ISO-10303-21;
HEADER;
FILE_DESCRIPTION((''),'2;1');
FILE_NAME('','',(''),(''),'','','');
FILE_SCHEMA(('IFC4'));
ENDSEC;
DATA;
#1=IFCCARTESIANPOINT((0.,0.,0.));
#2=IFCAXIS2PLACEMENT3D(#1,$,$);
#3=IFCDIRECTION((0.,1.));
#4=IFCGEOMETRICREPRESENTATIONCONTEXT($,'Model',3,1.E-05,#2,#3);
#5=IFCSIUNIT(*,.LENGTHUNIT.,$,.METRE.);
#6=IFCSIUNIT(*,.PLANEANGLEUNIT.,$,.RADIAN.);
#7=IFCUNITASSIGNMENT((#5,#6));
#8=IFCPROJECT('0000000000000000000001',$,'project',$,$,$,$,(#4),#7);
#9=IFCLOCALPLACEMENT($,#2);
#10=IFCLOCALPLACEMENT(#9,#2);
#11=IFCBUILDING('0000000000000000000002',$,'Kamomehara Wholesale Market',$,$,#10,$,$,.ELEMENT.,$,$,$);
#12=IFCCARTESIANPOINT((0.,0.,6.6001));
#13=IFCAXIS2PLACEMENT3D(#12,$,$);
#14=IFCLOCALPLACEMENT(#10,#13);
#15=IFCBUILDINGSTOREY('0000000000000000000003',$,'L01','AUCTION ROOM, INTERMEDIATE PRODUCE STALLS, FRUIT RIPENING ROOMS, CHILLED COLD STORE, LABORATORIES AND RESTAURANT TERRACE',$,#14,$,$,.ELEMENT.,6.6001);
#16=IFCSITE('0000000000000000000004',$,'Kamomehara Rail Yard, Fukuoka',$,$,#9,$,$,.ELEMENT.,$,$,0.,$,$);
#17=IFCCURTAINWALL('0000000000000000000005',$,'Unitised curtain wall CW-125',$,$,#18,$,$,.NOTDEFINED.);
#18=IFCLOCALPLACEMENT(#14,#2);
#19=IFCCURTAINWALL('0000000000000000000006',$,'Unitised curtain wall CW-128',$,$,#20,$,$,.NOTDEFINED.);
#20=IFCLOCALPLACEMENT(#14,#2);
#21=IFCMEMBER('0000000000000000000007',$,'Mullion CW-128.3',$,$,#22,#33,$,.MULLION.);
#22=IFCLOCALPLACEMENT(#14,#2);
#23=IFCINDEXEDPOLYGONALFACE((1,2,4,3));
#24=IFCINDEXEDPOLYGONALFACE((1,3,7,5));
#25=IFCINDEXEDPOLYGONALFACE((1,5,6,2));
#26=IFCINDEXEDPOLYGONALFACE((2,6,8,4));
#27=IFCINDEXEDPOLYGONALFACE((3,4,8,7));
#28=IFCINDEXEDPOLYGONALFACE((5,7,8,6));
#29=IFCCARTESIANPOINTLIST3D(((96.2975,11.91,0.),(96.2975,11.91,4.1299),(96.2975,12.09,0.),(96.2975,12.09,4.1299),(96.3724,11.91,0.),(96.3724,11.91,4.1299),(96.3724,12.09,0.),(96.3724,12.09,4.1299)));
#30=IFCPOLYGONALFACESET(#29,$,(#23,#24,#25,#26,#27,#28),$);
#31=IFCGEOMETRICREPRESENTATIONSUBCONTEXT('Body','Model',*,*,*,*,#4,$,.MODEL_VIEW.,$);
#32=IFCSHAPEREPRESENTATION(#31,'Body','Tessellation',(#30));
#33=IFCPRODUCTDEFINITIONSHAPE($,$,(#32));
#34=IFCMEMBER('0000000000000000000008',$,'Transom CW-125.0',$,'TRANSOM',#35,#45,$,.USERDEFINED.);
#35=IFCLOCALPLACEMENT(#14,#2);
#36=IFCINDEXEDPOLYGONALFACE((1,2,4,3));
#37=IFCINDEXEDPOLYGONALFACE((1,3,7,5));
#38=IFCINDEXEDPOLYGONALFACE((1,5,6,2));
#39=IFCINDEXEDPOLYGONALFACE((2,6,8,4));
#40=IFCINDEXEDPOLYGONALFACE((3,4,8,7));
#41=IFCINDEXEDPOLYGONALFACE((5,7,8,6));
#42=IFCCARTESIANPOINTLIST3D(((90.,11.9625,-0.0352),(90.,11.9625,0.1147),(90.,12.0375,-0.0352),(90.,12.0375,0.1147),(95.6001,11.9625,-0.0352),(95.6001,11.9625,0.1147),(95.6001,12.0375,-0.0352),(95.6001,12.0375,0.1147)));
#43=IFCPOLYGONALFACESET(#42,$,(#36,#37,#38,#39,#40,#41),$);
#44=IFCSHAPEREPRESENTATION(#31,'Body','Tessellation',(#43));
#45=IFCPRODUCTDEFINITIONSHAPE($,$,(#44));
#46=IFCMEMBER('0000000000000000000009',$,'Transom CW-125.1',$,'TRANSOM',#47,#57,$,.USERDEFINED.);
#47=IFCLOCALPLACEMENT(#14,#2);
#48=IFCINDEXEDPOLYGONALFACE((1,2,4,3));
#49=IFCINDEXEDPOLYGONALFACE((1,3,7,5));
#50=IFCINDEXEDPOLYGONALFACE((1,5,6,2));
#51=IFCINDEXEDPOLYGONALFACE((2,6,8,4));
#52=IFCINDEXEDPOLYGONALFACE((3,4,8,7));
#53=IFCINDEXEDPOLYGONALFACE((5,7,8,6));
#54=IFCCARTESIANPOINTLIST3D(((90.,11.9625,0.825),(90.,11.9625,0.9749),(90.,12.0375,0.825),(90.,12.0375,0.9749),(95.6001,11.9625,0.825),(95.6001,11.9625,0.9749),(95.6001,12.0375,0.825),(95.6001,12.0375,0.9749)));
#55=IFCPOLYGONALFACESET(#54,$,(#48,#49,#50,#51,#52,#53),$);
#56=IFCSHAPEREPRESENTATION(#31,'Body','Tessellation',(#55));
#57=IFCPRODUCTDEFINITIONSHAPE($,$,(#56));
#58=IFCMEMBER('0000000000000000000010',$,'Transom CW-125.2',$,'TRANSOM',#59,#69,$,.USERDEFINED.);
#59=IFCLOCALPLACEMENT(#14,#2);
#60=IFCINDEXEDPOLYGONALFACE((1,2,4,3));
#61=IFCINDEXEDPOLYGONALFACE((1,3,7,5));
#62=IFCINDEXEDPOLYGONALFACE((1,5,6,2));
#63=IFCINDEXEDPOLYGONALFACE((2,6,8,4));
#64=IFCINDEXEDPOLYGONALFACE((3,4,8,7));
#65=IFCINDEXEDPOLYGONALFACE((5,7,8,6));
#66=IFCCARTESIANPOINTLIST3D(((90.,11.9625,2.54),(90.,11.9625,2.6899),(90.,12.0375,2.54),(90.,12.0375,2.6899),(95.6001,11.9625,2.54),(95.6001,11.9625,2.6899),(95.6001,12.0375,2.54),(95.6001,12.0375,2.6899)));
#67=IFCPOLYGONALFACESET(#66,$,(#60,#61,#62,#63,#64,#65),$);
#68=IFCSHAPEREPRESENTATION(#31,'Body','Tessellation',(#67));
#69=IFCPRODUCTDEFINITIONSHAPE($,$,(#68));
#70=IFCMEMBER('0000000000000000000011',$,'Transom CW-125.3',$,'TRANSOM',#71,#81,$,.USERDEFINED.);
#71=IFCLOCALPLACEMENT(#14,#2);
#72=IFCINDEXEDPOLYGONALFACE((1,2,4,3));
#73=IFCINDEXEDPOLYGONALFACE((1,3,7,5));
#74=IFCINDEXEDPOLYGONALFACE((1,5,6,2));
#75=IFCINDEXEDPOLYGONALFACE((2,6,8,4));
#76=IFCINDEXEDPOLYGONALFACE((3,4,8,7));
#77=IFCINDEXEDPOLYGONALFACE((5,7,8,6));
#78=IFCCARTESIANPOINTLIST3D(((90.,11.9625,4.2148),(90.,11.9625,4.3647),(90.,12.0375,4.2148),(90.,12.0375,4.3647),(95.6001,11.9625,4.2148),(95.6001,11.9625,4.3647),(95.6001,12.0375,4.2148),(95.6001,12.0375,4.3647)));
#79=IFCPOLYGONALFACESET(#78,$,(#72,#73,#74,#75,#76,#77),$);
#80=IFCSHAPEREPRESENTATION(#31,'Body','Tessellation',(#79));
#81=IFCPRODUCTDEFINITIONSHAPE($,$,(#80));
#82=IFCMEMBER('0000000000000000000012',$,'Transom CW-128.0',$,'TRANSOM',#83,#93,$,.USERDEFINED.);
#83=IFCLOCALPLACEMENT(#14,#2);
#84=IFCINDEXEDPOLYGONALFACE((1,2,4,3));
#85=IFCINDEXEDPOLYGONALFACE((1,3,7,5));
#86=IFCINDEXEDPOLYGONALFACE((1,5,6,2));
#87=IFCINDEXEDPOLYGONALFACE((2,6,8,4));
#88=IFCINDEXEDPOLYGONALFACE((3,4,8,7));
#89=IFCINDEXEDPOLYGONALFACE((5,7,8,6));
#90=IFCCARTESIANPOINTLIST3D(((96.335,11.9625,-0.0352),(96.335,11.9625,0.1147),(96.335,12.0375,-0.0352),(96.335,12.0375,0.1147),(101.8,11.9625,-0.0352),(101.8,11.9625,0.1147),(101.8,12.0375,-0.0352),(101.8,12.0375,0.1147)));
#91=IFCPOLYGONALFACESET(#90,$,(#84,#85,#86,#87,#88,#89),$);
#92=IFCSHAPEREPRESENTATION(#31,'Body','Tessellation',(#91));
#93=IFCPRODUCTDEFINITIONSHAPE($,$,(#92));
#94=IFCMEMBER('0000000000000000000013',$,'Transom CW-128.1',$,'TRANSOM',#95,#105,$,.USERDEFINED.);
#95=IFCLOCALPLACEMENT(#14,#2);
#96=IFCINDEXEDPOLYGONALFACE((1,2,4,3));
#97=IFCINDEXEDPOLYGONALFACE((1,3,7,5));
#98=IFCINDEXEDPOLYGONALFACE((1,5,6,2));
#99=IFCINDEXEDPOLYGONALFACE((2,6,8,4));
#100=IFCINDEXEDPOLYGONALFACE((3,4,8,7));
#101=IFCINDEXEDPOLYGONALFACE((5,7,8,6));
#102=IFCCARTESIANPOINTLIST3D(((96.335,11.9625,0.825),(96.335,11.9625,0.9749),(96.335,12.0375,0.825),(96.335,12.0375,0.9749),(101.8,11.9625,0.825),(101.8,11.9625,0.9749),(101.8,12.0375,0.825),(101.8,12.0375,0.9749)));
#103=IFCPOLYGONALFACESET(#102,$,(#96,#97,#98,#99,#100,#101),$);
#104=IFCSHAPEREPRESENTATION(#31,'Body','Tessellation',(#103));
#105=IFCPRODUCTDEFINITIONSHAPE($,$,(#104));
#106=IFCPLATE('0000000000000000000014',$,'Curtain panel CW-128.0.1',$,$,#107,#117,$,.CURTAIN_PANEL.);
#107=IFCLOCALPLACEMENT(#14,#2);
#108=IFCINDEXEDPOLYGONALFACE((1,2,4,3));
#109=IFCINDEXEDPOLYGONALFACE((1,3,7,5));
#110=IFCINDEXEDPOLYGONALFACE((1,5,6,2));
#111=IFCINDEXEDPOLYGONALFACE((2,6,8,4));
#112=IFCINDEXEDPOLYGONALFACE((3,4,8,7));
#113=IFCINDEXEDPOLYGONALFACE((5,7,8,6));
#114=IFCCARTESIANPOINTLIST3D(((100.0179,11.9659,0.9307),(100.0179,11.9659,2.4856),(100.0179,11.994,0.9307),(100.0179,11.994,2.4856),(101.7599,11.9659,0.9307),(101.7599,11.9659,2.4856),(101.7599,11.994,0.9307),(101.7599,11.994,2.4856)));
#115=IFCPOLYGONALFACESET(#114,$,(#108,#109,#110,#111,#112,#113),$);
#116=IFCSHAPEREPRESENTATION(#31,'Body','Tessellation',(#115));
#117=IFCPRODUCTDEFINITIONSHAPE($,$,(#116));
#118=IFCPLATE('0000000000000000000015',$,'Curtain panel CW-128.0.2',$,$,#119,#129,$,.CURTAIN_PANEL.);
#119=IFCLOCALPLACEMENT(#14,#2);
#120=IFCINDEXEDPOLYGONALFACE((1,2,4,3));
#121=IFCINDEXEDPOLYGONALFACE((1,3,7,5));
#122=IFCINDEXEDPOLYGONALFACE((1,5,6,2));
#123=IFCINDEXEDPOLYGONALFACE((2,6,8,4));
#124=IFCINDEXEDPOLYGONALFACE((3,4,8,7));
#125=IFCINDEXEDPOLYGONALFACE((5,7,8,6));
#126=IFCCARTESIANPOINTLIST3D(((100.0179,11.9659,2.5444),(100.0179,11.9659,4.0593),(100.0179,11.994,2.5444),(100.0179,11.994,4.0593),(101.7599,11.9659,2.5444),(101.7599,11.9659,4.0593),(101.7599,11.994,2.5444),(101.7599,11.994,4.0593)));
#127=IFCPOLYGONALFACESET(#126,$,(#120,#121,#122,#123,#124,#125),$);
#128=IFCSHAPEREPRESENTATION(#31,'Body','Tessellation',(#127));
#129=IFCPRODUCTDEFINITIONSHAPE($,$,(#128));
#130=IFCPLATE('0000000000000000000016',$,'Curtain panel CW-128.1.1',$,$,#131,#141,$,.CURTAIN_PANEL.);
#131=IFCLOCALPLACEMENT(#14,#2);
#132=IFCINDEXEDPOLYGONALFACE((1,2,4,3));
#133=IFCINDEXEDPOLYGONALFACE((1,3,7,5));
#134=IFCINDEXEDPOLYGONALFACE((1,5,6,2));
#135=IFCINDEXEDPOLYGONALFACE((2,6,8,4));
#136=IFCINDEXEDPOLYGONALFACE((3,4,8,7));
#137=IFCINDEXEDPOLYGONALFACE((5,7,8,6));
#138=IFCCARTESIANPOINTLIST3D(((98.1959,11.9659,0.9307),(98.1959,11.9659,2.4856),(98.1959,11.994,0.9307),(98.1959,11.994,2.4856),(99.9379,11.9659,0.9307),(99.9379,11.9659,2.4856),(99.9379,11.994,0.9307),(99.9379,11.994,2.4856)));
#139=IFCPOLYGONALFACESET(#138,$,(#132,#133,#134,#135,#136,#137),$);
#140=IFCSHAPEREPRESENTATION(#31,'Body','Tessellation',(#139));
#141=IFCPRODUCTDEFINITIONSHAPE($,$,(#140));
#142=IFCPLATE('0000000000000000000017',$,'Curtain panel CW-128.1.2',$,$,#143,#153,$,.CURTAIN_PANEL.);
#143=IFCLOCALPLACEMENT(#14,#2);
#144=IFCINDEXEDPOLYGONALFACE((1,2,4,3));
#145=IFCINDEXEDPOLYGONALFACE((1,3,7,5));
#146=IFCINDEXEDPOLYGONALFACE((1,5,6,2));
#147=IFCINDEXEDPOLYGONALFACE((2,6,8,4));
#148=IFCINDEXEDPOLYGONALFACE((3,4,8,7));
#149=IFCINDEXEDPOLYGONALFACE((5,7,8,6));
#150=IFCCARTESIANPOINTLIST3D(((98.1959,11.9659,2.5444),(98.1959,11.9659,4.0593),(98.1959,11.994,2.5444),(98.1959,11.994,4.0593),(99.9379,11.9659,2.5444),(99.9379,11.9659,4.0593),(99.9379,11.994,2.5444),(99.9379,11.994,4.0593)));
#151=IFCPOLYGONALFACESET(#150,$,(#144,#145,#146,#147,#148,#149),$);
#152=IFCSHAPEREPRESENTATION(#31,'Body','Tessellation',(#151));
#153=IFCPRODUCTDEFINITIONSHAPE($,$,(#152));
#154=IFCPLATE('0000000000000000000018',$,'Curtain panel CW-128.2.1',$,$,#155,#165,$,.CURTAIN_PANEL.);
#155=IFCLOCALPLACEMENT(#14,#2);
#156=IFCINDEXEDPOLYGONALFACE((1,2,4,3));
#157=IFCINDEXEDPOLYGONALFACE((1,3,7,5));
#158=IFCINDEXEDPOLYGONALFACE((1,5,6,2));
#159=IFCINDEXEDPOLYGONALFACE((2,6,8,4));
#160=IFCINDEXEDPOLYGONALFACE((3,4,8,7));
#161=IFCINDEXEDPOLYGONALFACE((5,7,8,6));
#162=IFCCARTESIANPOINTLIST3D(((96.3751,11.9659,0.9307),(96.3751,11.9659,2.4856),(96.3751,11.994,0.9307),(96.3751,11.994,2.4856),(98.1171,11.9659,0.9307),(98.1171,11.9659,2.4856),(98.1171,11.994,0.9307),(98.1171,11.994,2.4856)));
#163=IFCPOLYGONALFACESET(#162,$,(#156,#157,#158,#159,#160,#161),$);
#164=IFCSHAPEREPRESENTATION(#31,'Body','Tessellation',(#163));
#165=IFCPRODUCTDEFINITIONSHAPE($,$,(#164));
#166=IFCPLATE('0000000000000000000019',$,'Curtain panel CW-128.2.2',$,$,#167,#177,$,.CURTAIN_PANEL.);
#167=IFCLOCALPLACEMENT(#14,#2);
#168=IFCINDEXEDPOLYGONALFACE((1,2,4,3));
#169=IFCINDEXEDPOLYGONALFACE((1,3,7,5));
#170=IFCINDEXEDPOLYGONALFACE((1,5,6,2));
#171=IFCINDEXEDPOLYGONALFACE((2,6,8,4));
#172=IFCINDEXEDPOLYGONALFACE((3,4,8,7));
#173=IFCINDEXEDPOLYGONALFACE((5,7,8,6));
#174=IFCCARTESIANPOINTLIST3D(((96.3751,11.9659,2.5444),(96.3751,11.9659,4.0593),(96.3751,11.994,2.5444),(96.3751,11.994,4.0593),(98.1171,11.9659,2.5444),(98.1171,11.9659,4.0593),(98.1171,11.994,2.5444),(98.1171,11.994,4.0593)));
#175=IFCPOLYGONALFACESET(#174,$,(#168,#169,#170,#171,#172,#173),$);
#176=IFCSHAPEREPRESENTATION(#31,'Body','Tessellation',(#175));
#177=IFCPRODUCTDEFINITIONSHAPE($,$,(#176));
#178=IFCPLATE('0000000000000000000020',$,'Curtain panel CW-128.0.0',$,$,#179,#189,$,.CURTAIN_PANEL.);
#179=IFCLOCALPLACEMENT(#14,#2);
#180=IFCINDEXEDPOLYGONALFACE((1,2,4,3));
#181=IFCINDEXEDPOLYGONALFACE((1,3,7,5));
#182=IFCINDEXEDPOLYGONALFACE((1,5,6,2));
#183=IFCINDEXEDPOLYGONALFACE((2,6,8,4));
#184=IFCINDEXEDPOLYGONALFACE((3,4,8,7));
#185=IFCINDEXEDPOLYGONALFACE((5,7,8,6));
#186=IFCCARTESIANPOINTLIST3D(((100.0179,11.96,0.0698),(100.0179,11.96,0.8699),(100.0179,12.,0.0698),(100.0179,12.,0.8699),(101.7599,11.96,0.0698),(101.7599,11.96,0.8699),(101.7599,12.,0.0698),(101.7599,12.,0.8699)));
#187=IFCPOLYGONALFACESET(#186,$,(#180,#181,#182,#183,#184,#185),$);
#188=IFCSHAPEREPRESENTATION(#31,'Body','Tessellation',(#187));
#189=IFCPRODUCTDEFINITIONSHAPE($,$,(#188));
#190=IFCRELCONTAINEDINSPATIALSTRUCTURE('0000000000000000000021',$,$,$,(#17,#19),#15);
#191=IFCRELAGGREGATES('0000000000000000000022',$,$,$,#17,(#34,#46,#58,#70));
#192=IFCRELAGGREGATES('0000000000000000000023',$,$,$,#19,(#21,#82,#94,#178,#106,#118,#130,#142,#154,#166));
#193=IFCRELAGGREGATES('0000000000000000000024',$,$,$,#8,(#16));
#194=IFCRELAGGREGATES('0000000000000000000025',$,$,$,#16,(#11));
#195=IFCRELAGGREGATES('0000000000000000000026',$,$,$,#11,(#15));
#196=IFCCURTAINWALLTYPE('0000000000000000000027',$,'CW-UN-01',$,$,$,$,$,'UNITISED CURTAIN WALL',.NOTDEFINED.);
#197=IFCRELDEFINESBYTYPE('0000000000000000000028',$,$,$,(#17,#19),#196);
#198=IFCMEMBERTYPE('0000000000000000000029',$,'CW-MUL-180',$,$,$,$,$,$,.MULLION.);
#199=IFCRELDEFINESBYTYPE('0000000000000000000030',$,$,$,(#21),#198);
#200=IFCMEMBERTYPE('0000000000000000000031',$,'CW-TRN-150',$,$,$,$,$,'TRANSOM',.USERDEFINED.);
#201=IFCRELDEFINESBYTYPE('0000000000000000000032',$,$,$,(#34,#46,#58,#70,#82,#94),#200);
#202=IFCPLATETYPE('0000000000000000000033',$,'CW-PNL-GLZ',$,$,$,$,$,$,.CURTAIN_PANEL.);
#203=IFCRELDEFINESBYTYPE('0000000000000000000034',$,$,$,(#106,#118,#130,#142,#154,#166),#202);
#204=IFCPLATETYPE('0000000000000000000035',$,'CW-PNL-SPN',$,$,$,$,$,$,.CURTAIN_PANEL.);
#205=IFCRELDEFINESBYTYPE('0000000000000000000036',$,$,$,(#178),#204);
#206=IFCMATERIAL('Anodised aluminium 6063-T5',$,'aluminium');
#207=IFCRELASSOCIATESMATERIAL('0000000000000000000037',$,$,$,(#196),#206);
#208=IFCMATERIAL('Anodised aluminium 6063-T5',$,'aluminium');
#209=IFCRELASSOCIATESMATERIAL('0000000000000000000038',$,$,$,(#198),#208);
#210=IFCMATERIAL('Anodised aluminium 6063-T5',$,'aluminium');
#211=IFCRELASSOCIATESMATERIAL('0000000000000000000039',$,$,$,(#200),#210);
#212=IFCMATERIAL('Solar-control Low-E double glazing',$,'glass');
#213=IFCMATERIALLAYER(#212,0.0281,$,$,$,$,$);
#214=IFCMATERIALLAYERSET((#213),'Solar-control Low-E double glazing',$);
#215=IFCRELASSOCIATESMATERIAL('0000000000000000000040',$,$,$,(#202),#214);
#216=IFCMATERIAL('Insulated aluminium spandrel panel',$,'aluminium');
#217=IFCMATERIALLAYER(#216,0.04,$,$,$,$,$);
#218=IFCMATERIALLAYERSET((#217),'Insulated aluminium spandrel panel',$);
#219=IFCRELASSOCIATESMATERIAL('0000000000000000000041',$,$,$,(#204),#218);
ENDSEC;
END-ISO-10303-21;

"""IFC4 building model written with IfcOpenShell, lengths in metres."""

from ifc_helpers import new_model, si_unit, direction, frame, origin, origin_2d, place, context, subcontext, project, spatial, rectangle, extrude, material, layer, layer_set, material_profile, profile_set, type_object, element, aggregate, save


model = new_model("IFC4")

# Units and contexts
model_context = context("Model", 3, precision=1e-05, world=origin(), true_north=direction((0.0, 1.0)))
body_context = subcontext(model_context, "Body", "Model", "MODEL_VIEW")
ifc_project = project(units=[si_unit("LENGTHUNIT", "METRE"), si_unit("PLANEANGLEUNIT", "RADIAN")], contexts=[model_context])

# Site, building, storey
site_placement = place(None, origin())
site = spatial("IfcSite", under=ifc_project, at=site_placement, Name="Kamomehara Rail Yard, Fukuoka", CompositionType="ELEMENT", RefElevation=0.0)
building_placement = place(site_placement, origin())
building = spatial("IfcBuilding", under=site, at=building_placement, Name="Kamomehara Wholesale Market", CompositionType="ELEMENT")
storey_placement = place(building_placement, frame((0.0, 0.0, 6.6001)))
storey = spatial("IfcBuildingStorey", under=building, at=storey_placement, Name="L01", Description="AUCTION ROOM, INTERMEDIATE PRODUCE STALLS, FRUIT RIPENING ROOMS, CHILLED COLD STORE, LABORATORIES AND RESTAURANT TERRACE", CompositionType="ELEMENT", Elevation=6.6001)

# Curtain wall
ifc_material_1 = material(Name="Anodised aluminium 6063-T5", Category="aluminium")
curtain_wall_type = type_object("IfcCurtainWallType", Name="CW-UN-01", ElementType="UNITISED CURTAIN WALL", PredefinedType="NOTDEFINED", material=ifc_material_1)
curtain_wall_1_placement = place(storey_placement, origin())
curtain_wall_1 = element("IfcCurtainWall", 1, at=curtain_wall_1_placement, inside=storey, type_object=curtain_wall_type, Name="Unitised curtain wall CW-125", PredefinedType="NOTDEFINED")
ifc_material_2 = material(Name="Anodised aluminium 6063-T5", Category="aluminium")
ifc_material_profile_1 = material_profile(ifc_material_2, rectangle(XDim=0.075, YDim=0.1799, at=origin_2d()), Name="ALU-MUL-75x180")
ifc_profile_set_1 = profile_set([ifc_material_profile_1], Name="Anodised aluminium 6063-T5")
member_type_1 = type_object("IfcMemberType", Name="CW-MUL-180", PredefinedType="MULLION", material=ifc_profile_set_1)

# Curtain wall, member
curtain_wall_2_placement = place(storey_placement, origin())
curtain_wall_2 = element("IfcCurtainWall", 2, at=curtain_wall_2_placement, inside=storey, type_object=curtain_wall_type, Name="Unitised curtain wall CW-128", PredefinedType="NOTDEFINED")
member_1_placement = place(storey_placement, frame((96.335, 12.0, 0.0), z_axis=(0.0, 0.0, 1.0), x_axis=(-1.0, 0.0, 0.0)))
member_1 = element("IfcMember", 3, at=member_1_placement, type_object=member_type_1, Name="Mullion CW-128.3", PredefinedType="MULLION", context=body_context, shape_type="SweptSolid", body=[
    extrude(rectangle(XDim=0.075, YDim=0.1799, at=origin_2d()), origin(), (0.0, 0.0, 1.0), 4.1299),
])

# Members
ifc_material_3 = material(Name="Anodised aluminium 6063-T5", Category="aluminium")
ifc_material_profile_2 = material_profile(ifc_material_3, rectangle(XDim=0.075, YDim=0.1499, at=origin_2d()), Name="ALU-TRN-75x150")
ifc_profile_set_2 = profile_set([ifc_material_profile_2], Name="Anodised aluminium 6063-T5")
member_type_2 = type_object("IfcMemberType", Name="CW-TRN-150", ElementType="TRANSOM", PredefinedType="USERDEFINED", material=ifc_profile_set_2)
member_2_placement = place(storey_placement, frame((95.6001, 12.0, 0.0398), z_axis=(-1.0, 0.0, 0.0), x_axis=(0.0, -1.0, 0.0)))
member_2 = element("IfcMember", 4, at=member_2_placement, type_object=member_type_2, Name="Transom CW-125.0", ObjectType="TRANSOM", PredefinedType="USERDEFINED", context=body_context, shape_type="SweptSolid", body=[
    extrude(rectangle(XDim=0.075, YDim=0.1499, at=origin_2d()), origin(), (0.0, 0.0, 1.0), 5.6001),
])
member_3_placement = place(storey_placement, frame((95.6001, 12.0, 0.8999), z_axis=(-1.0, 0.0, 0.0), x_axis=(0.0, -1.0, 0.0)))
member_3 = element("IfcMember", 5, at=member_3_placement, type_object=member_type_2, Name="Transom CW-125.1", ObjectType="TRANSOM", PredefinedType="USERDEFINED", context=body_context, shape_type="SweptSolid", body=[
    extrude(rectangle(XDim=0.075, YDim=0.1499, at=origin_2d()), origin(), (0.0, 0.0, 1.0), 5.6001),
])
member_4_placement = place(storey_placement, frame((95.6001, 12.0, 2.615), z_axis=(-1.0, 0.0, 0.0), x_axis=(0.0, -1.0, 0.0)))
member_4 = element("IfcMember", 6, at=member_4_placement, type_object=member_type_2, Name="Transom CW-125.2", ObjectType="TRANSOM", PredefinedType="USERDEFINED", context=body_context, shape_type="SweptSolid", body=[
    extrude(rectangle(XDim=0.075, YDim=0.1499, at=origin_2d()), origin(), (0.0, 0.0, 1.0), 5.6001),
])
member_5_placement = place(storey_placement, frame((95.6001, 12.0, 4.2898), z_axis=(-1.0, 0.0, 0.0), x_axis=(0.0, -1.0, 0.0)))
member_5 = element("IfcMember", 7, at=member_5_placement, type_object=member_type_2, Name="Transom CW-125.3", ObjectType="TRANSOM", PredefinedType="USERDEFINED", context=body_context, shape_type="SweptSolid", body=[
    extrude(rectangle(XDim=0.075, YDim=0.1499, at=origin_2d()), origin(), (0.0, 0.0, 1.0), 5.6001),
])
aggregate(curtain_wall_1, [member_2, member_3, member_4, member_5])
member_6_placement = place(storey_placement, frame((101.8, 12.0, 0.0398), z_axis=(-1.0, 0.0, 0.0), x_axis=(0.0, -1.0, 0.0)))
member_6 = element("IfcMember", 8, at=member_6_placement, type_object=member_type_2, Name="Transom CW-128.0", ObjectType="TRANSOM", PredefinedType="USERDEFINED", context=body_context, shape_type="SweptSolid", body=[
    extrude(rectangle(XDim=0.075, YDim=0.1499, at=origin_2d()), origin(), (0.0, 0.0, 1.0), 5.4651),
])
member_7_placement = place(storey_placement, frame((101.8, 12.0, 0.8999), z_axis=(-1.0, 0.0, 0.0), x_axis=(0.0, -1.0, 0.0)))
member_7 = element("IfcMember", 9, at=member_7_placement, type_object=member_type_2, Name="Transom CW-128.1", ObjectType="TRANSOM", PredefinedType="USERDEFINED", context=body_context, shape_type="SweptSolid", body=[
    extrude(rectangle(XDim=0.075, YDim=0.1499, at=origin_2d()), origin(), (0.0, 0.0, 1.0), 5.4651),
])

# Plates
ifc_material_4 = material(Name="Solar-control Low-E double glazing", Category="glass")
ifc_layer_1 = layer(ifc_material_4, 0.0281)
ifc_layer_set_1 = layer_set([ifc_layer_1], Name="Solar-control Low-E double glazing")
plate_type_1 = type_object("IfcPlateType", Name="CW-PNL-GLZ", PredefinedType="CURTAIN_PANEL", material=ifc_layer_set_1)
plate_1_placement = place(storey_placement, frame((100.8889, 11.98, 0.9307), z_axis=(0.0, 0.0, 1.0), x_axis=(-1.0, 0.0, 0.0)))
plate_1 = element("IfcPlate", 10, at=plate_1_placement, type_object=plate_type_1, Name="Curtain panel CW-128.0.1", PredefinedType="CURTAIN_PANEL", context=body_context, shape_type="SweptSolid", body=[
    extrude(rectangle(XDim=1.7419, YDim=0.0281, at=origin_2d()), origin(), (0.0, 0.0, 1.0), 1.5549),
])
plate_2_placement = place(storey_placement, frame((100.8889, 11.98, 2.5444), z_axis=(0.0, 0.0, 1.0), x_axis=(-1.0, 0.0, 0.0)))
plate_2 = element("IfcPlate", 11, at=plate_2_placement, type_object=plate_type_1, Name="Curtain panel CW-128.0.2", PredefinedType="CURTAIN_PANEL", context=body_context, shape_type="SweptSolid", body=[
    extrude(rectangle(XDim=1.7419, YDim=0.0281, at=origin_2d()), origin(), (0.0, 0.0, 1.0), 1.5149),
])
plate_3_placement = place(storey_placement, frame((99.0669, 11.98, 0.9307), z_axis=(0.0, 0.0, 1.0), x_axis=(-1.0, 0.0, 0.0)))
plate_3 = element("IfcPlate", 12, at=plate_3_placement, type_object=plate_type_1, Name="Curtain panel CW-128.1.1", PredefinedType="CURTAIN_PANEL", context=body_context, shape_type="SweptSolid", body=[
    extrude(rectangle(XDim=1.7419, YDim=0.0281, at=origin_2d()), origin(), (0.0, 0.0, 1.0), 1.5549),
])
plate_4_placement = place(storey_placement, frame((99.0669, 11.98, 2.5444), z_axis=(0.0, 0.0, 1.0), x_axis=(-1.0, 0.0, 0.0)))
plate_4 = element("IfcPlate", 13, at=plate_4_placement, type_object=plate_type_1, Name="Curtain panel CW-128.1.2", PredefinedType="CURTAIN_PANEL", context=body_context, shape_type="SweptSolid", body=[
    extrude(rectangle(XDim=1.7419, YDim=0.0281, at=origin_2d()), origin(), (0.0, 0.0, 1.0), 1.5149),
])
plate_5_placement = place(storey_placement, frame((97.2461, 11.98, 0.9307), z_axis=(0.0, 0.0, 1.0), x_axis=(-1.0, 0.0, 0.0)))
plate_5 = element("IfcPlate", 14, at=plate_5_placement, type_object=plate_type_1, Name="Curtain panel CW-128.2.1", PredefinedType="CURTAIN_PANEL", context=body_context, shape_type="SweptSolid", body=[
    extrude(rectangle(XDim=1.7419, YDim=0.0281, at=origin_2d()), origin(), (0.0, 0.0, 1.0), 1.5549),
])
plate_6_placement = place(storey_placement, frame((97.2461, 11.98, 2.5444), z_axis=(0.0, 0.0, 1.0), x_axis=(-1.0, 0.0, 0.0)))
plate_6 = element("IfcPlate", 15, at=plate_6_placement, type_object=plate_type_1, Name="Curtain panel CW-128.2.2", PredefinedType="CURTAIN_PANEL", context=body_context, shape_type="SweptSolid", body=[
    extrude(rectangle(XDim=1.7419, YDim=0.0281, at=origin_2d()), origin(), (0.0, 0.0, 1.0), 1.5149),
])
ifc_material_5 = material(Name="Insulated aluminium spandrel panel", Category="aluminium")
ifc_layer_2 = layer(ifc_material_5, 0.04)
ifc_layer_set_2 = layer_set([ifc_layer_2], Name="Insulated aluminium spandrel panel")
plate_type_2 = type_object("IfcPlateType", Name="CW-PNL-SPN", PredefinedType="CURTAIN_PANEL", material=ifc_layer_set_2)
plate_7_placement = place(storey_placement, frame((100.8889, 11.98, 0.0698), z_axis=(0.0, 0.0, 1.0), x_axis=(-1.0, 0.0, 0.0)))
plate_7 = element("IfcPlate", 16, at=plate_7_placement, type_object=plate_type_2, Name="Curtain panel CW-128.0.0", PredefinedType="CURTAIN_PANEL", context=body_context, shape_type="SweptSolid", body=[
    extrude(rectangle(XDim=1.7419, YDim=0.04, at=origin_2d()), origin(), (0.0, 0.0, 1.0), 0.8),
])
aggregate(curtain_wall_2, [member_1, member_6, member_7, plate_7, plate_1, plate_2, plate_3, plate_4, plate_5, plate_6])

save(model, "model.ifc")
